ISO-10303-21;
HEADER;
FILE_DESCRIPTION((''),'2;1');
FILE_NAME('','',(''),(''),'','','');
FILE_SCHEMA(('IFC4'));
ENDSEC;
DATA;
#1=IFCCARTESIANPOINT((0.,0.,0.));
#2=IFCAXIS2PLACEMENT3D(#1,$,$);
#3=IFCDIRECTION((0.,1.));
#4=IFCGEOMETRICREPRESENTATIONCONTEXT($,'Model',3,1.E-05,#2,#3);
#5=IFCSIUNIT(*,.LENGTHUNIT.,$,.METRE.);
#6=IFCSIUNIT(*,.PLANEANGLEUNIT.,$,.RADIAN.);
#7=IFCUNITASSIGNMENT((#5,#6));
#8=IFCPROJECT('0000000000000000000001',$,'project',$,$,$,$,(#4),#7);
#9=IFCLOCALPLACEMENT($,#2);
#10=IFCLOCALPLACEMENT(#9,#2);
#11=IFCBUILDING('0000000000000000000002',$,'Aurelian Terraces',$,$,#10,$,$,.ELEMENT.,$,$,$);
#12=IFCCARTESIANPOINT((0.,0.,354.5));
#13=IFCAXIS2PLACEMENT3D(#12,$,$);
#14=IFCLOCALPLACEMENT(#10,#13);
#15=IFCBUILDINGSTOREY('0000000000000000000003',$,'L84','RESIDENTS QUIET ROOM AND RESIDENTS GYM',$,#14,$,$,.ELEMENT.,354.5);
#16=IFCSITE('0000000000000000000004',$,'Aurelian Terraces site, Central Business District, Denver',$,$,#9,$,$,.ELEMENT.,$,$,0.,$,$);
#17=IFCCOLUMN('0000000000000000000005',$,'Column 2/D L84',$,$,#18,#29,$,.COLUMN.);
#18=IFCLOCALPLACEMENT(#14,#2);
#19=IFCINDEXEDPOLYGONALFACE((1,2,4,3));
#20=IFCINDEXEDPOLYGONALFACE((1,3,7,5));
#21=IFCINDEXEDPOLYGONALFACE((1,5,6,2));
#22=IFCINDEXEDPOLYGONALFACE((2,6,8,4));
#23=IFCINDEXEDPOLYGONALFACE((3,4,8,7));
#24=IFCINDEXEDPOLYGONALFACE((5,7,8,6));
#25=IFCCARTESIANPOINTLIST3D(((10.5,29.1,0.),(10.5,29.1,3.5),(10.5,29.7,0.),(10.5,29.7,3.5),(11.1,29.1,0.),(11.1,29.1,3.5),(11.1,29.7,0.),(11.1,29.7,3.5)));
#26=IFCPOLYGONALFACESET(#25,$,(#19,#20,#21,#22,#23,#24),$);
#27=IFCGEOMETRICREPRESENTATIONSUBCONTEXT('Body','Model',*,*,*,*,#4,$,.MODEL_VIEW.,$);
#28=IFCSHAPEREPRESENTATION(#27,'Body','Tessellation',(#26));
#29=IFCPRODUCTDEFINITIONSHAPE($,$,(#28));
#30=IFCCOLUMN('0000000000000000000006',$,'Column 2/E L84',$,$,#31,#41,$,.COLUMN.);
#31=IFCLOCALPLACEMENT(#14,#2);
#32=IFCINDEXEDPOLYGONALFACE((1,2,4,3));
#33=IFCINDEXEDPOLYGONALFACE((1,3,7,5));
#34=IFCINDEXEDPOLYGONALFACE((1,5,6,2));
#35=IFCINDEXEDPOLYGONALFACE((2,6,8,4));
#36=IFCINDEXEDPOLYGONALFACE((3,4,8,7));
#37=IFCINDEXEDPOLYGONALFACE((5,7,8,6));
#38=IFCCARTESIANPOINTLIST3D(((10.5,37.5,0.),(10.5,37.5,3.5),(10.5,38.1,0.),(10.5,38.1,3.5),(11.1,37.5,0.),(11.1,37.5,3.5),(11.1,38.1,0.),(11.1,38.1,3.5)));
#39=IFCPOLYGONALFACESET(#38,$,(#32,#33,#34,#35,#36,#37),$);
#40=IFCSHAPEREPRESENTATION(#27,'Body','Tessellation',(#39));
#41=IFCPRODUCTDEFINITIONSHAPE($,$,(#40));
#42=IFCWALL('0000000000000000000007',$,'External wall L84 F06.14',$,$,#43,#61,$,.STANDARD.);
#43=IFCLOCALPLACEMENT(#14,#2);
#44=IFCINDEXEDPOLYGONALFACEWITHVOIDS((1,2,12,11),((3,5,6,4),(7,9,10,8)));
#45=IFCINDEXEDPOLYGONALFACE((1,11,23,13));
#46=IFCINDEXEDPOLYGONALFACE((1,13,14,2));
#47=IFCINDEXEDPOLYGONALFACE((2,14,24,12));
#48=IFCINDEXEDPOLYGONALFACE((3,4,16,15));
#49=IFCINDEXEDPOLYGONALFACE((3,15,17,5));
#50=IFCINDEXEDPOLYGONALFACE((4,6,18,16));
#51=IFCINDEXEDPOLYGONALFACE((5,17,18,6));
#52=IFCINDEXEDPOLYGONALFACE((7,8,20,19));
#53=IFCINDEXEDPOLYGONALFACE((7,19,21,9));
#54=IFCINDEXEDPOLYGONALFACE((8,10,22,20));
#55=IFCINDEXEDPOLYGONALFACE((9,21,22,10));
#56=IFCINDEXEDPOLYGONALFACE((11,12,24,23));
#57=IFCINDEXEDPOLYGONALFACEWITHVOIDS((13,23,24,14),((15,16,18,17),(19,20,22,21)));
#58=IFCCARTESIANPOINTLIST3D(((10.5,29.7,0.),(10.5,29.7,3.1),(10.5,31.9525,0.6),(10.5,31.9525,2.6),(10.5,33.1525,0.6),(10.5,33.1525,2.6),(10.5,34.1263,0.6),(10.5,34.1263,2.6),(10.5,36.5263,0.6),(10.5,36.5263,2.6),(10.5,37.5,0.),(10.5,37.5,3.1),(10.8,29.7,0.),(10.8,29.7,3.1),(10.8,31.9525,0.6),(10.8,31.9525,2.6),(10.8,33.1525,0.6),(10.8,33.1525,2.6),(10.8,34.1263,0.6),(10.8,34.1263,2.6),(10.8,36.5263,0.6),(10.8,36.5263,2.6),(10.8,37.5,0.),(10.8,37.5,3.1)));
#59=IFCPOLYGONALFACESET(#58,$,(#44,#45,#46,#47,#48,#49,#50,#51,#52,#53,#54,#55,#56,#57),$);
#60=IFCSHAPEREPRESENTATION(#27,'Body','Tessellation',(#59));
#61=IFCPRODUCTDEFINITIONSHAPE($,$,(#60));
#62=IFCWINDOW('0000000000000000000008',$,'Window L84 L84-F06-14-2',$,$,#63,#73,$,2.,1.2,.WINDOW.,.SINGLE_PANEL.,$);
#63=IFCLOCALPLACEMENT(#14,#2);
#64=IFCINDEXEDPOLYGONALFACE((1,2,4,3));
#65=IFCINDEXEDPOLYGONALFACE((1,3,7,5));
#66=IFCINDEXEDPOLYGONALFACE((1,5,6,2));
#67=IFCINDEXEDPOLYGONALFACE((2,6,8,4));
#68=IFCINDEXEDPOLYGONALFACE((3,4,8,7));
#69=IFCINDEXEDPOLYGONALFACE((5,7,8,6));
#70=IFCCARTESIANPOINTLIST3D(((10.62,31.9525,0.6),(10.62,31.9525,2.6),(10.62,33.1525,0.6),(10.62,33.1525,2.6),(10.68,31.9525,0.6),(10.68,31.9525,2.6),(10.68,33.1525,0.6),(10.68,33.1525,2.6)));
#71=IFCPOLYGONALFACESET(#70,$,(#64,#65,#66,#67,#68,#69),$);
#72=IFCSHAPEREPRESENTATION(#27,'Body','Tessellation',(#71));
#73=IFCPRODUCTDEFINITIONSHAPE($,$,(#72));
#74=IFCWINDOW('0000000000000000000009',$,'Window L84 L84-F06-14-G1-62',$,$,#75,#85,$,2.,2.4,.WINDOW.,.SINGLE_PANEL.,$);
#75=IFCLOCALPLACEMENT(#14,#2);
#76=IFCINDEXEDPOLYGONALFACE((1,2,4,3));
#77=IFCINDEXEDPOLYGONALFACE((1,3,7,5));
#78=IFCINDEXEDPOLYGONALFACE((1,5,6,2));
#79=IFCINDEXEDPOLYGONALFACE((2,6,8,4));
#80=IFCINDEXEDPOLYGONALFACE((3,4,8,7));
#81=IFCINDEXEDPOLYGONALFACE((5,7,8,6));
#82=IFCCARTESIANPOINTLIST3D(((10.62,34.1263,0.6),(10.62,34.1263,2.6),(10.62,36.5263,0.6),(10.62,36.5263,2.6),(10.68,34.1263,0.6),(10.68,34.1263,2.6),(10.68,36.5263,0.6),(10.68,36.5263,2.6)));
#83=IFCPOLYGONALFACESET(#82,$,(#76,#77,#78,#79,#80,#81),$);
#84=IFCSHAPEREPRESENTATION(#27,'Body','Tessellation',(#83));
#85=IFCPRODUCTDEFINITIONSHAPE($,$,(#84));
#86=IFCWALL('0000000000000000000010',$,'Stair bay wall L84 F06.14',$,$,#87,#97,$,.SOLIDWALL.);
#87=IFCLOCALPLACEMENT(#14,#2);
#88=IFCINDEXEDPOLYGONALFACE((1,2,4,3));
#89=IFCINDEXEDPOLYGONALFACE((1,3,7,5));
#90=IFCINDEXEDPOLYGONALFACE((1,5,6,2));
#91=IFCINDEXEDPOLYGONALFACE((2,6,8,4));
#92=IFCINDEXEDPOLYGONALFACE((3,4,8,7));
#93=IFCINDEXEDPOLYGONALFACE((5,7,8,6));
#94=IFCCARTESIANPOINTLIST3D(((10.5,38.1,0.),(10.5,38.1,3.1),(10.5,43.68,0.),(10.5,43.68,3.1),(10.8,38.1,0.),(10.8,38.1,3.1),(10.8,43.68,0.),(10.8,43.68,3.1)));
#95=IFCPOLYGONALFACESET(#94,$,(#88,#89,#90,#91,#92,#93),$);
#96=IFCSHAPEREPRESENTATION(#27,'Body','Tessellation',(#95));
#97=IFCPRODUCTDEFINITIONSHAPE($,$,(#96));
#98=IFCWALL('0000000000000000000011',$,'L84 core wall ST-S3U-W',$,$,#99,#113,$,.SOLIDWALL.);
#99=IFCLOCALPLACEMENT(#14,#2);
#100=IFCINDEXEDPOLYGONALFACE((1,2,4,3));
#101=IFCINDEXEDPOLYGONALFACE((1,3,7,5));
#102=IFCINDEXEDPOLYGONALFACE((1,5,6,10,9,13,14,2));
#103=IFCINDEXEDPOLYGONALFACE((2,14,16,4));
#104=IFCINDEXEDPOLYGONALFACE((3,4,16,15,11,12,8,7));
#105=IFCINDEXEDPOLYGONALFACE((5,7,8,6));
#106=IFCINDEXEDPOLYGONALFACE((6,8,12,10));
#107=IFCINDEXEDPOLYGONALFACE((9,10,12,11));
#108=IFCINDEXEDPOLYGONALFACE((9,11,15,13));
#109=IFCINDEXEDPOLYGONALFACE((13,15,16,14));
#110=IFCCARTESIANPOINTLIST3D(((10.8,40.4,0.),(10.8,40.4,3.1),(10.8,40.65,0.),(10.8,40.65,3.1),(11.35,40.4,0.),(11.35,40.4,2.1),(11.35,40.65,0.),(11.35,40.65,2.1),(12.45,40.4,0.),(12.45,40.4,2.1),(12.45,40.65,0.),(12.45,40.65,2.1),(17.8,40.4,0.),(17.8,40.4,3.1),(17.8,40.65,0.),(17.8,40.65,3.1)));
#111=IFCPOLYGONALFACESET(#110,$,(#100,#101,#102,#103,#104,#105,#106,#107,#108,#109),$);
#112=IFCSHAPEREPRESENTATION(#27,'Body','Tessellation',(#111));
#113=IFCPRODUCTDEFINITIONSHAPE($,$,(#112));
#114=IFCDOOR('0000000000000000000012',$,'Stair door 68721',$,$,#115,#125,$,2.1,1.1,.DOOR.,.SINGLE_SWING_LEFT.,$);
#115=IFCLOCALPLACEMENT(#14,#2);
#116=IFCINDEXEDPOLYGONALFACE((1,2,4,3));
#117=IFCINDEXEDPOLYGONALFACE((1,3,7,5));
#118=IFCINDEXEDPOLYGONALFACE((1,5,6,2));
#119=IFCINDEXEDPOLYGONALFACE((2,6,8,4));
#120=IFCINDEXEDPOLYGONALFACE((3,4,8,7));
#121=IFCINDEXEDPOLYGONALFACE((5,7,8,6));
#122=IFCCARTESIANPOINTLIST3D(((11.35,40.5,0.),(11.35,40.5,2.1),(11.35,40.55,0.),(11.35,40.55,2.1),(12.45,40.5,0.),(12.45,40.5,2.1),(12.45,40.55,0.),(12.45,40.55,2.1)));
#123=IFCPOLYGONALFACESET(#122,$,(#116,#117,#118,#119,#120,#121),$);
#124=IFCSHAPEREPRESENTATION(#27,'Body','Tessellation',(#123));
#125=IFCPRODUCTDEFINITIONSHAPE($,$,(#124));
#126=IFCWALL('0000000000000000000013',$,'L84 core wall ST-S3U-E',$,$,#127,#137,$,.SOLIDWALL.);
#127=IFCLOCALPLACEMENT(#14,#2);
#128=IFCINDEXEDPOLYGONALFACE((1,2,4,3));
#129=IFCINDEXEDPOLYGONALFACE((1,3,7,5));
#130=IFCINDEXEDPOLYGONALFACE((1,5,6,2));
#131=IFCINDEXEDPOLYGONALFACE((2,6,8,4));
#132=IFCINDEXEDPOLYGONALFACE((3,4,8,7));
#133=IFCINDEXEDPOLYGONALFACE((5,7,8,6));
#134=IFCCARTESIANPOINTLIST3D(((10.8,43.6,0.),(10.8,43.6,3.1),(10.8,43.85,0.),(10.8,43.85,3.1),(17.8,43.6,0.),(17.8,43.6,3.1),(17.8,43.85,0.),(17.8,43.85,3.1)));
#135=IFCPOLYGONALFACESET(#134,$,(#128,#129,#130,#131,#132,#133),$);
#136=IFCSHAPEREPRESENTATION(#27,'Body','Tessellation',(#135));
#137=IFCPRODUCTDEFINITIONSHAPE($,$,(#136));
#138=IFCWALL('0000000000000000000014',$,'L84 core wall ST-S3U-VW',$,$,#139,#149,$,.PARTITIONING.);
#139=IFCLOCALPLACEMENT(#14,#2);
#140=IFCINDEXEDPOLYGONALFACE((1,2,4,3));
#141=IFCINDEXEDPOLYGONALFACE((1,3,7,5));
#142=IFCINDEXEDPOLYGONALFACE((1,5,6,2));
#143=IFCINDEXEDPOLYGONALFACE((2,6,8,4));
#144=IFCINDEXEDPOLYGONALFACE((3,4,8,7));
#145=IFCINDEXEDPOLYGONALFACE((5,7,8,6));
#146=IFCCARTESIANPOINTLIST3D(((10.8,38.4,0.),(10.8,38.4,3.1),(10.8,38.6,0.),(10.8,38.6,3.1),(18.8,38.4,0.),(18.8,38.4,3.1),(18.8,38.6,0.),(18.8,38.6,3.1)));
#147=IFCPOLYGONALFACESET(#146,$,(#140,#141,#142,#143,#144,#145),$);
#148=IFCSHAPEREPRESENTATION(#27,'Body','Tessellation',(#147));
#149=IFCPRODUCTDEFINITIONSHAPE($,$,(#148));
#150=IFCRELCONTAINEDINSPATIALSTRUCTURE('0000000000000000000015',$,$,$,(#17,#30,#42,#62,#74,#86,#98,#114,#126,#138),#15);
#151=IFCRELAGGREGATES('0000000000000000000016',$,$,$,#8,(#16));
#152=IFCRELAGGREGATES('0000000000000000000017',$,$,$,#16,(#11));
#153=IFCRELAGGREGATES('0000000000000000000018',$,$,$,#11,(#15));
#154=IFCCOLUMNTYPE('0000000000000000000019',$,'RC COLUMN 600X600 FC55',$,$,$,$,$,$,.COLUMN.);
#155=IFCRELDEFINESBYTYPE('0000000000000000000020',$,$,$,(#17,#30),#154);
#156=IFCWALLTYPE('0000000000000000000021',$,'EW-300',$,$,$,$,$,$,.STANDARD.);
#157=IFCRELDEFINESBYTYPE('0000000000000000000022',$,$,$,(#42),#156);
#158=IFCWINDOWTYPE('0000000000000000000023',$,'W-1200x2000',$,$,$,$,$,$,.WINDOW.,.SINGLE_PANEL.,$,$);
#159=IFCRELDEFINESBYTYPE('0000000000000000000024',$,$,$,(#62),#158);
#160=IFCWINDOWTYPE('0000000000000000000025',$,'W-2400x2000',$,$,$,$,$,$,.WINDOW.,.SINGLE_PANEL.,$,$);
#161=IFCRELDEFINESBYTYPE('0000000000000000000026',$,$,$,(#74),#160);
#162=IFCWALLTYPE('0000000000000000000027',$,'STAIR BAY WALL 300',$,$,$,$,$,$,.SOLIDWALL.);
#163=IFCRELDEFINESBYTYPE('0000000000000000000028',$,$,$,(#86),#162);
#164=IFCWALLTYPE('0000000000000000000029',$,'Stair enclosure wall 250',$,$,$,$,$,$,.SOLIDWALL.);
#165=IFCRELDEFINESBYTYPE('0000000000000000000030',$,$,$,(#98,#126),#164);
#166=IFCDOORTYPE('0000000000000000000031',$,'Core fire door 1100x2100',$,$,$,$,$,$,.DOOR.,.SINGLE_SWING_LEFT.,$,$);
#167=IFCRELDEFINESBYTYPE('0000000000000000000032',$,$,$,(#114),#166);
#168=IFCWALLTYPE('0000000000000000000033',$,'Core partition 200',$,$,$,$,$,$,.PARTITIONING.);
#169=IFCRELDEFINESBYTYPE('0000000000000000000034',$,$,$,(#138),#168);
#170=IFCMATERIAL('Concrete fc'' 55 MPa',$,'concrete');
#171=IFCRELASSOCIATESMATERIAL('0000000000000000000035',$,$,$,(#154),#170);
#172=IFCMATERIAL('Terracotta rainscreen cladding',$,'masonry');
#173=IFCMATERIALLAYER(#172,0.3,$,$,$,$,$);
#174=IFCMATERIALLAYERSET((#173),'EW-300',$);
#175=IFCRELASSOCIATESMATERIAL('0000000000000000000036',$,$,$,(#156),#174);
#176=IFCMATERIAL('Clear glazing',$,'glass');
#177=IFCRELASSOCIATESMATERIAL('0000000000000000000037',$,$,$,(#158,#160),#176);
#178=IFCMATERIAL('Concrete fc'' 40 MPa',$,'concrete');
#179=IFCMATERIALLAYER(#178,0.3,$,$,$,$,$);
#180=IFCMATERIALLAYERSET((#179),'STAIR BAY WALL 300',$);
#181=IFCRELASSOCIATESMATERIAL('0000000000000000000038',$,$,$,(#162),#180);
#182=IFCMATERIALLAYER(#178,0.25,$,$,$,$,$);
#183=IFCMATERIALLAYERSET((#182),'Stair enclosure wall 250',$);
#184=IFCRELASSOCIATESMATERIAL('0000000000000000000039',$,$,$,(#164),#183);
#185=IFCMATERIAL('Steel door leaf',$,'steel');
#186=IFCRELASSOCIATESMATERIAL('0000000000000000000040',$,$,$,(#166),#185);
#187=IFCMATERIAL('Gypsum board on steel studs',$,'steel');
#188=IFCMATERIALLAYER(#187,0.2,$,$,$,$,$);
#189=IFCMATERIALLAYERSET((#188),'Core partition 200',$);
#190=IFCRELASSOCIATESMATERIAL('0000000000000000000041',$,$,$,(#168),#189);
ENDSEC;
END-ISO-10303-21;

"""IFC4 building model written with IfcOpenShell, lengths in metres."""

from ifc_helpers import new_model, si_unit, direction, frame, frame_2d, origin, origin_2d, place, context, subcontext, project, spatial, rectangle, extrude, source, transform, mapped, material, layer, layer_set, material_profile, profile_set, type_object, element, fill, save


model = new_model("IFC4")

# Units and contexts
model_context = context("Model", 3, precision=1e-05, world=origin(), true_north=direction((0.0, 1.0)))
body_context = subcontext(model_context, "Body", "Model", "MODEL_VIEW")
ifc_project = project(units=[si_unit("LENGTHUNIT", "METRE"), si_unit("PLANEANGLEUNIT", "RADIAN")], contexts=[model_context])

# Site, building, storey
site_placement = place(None, origin())
site = spatial("IfcSite", under=ifc_project, at=site_placement, Name="Aurelian Terraces site, Central Business District, Denver", CompositionType="ELEMENT", RefElevation=0.0)
building_placement = place(site_placement, origin())
building = spatial("IfcBuilding", under=site, at=building_placement, Name="Aurelian Terraces", CompositionType="ELEMENT")
storey_placement = place(building_placement, frame((0.0, 0.0, 354.5)))
storey = spatial("IfcBuildingStorey", under=building, at=storey_placement, Name="L84", Description="RESIDENTS QUIET ROOM AND RESIDENTS GYM", CompositionType="ELEMENT", Elevation=354.5)

# Columns
ifc_material_1 = material(Name="Concrete fc' 55 MPa", Category="concrete")
ifc_material_profile = material_profile(ifc_material_1, rectangle(XDim=0.6, YDim=0.6, at=origin_2d()))
ifc_profile_set = profile_set([ifc_material_profile], Name="Concrete fc' 55 MPa")
column_type = type_object("IfcColumnType", Name="RC COLUMN 600X600 FC55", PredefinedType="COLUMN", material=ifc_profile_set)
shared_shape_1 = source(origin(), body_context, "Body", "SweptSolid", [
    extrude(rectangle(XDim=0.6, YDim=0.6, at=origin_2d()), origin(), (0.0, 0.0, 1.0), 3.5),
])
for number, where, z_axis, x_axis, name in (
    (1, (10.8, 29.4, 0.0), (0.0, 0.0, 1.0), (1.0, 0.0, 0.0), "Column 2/D L84"),
    (2, (10.8, 37.8, 0.0), (0.0, 0.0, 1.0), (1.0, 0.0, 0.0), "Column 2/E L84"),
):
    element("IfcColumn", number, at=place(storey_placement, frame(where, z_axis=z_axis, x_axis=x_axis)), inside=storey, type_object=column_type, Name=name, PredefinedType="COLUMN", context=body_context, shape_type="MappedRepresentation", body=[
        mapped(shared_shape_1, transform((0.0, 0.0, 0.0), scale=1.0)),
    ])

# Wall, openings, windows
ifc_material_2 = material(Name="Terracotta rainscreen cladding", Category="masonry")
ifc_layer_1 = layer(ifc_material_2, 0.3)
ifc_layer_set_1 = layer_set([ifc_layer_1], Name="EW-300")
wall_type_1 = type_object("IfcWallType", Name="EW-300", PredefinedType="STANDARD", material=ifc_layer_set_1)
shared_shape_2 = source(origin(), body_context, "Body", "SweptSolid", [
    extrude(rectangle(XDim=7.8, YDim=0.3, at=frame_2d((3.9, 0.0))), origin(), (0.0, 0.0, 1.0), 3.1),
])
wall_1_placement = place(storey_placement, frame((10.65, 37.5, 0.0), z_axis=(0.0, 0.0, 1.0), x_axis=(0.0, -1.0, 0.0)))
wall_1 = element("IfcWall", 3, at=wall_1_placement, inside=storey, type_object=wall_type_1, Name="External wall L84 F06.14", PredefinedType="STANDARD", context=body_context, shape_type="MappedRepresentation", body=[
    mapped(shared_shape_2, transform((0.0, 0.0, 0.0), scale=1.0)),
])
shared_shape_3 = source(origin(), body_context, "Body", "SweptSolid", [
    extrude(rectangle(XDim=1.2, YDim=2.0, at=frame_2d((0.6, 1.0))), frame((0.0, 0.16, 0.0), z_axis=(0.0, -1.0, 0.0), x_axis=(1.0, 0.0, 0.0)), (0.0, 0.0, 1.0), 0.32),
])
opening_1_placement = place(wall_1_placement, frame((4.3475, 0.0, 0.6)))
opening_1 = element("IfcOpeningElement", 4, at=opening_1_placement, cuts=wall_1, PredefinedType="OPENING", context=body_context, shape_type="MappedRepresentation", body=[
    mapped(shared_shape_3, transform((0.0, 0.0, 0.0), scale=1.0)),
])
shared_shape_4 = source(origin(), body_context, "Body", "SweptSolid", [
    extrude(rectangle(XDim=2.4, YDim=2.0, at=frame_2d((1.2, 1.0))), frame((0.0, 0.16, 0.0), z_axis=(0.0, -1.0, 0.0), x_axis=(1.0, 0.0, 0.0)), (0.0, 0.0, 1.0), 0.32),
])
opening_2_placement = place(wall_1_placement, frame((0.9737, 0.0, 0.6)))
opening_2 = element("IfcOpeningElement", 5, at=opening_2_placement, cuts=wall_1, PredefinedType="OPENING", context=body_context, shape_type="MappedRepresentation", body=[
    mapped(shared_shape_4, transform((0.0, 0.0, 0.0), scale=1.0)),
])
ifc_material_3 = material(Name="Clear glazing", Category="glass")
window_type_1 = type_object("IfcWindowType", Name="W-1200x2000", PartitioningType="SINGLE_PANEL", PredefinedType="WINDOW", material=ifc_material_3)
shared_shape_5 = source(origin(), body_context, "Body", "SweptSolid", [
    extrude(rectangle(XDim=1.2, YDim=2.0, at=frame_2d((0.6, 1.0))), frame((0.0, 0.03, 0.0), z_axis=(0.0, -1.0, 0.0), x_axis=(1.0, 0.0, 0.0)), (0.0, 0.0, 1.0), 0.06),
])
window_1_placement = place(opening_1_placement, origin())
window_1 = element("IfcWindow", 6, at=window_1_placement, inside=storey, type_object=window_type_1, Name="Window L84 L84-F06-14-2", OverallHeight=2.0, OverallWidth=1.2, PartitioningType="SINGLE_PANEL", PredefinedType="WINDOW", context=body_context, shape_type="MappedRepresentation", body=[
    mapped(shared_shape_5, transform((0.0, 0.0, 0.0), scale=1.0)),
])
fill(opening_1, window_1)
window_type_2 = type_object("IfcWindowType", Name="W-2400x2000", PartitioningType="SINGLE_PANEL", PredefinedType="WINDOW", material=ifc_material_3)
shared_shape_6 = source(origin(), body_context, "Body", "SweptSolid", [
    extrude(rectangle(XDim=2.4, YDim=2.0, at=frame_2d((1.2, 1.0))), frame((0.0, 0.03, 0.0), z_axis=(0.0, -1.0, 0.0), x_axis=(1.0, 0.0, 0.0)), (0.0, 0.0, 1.0), 0.06),
])
window_2_placement = place(opening_2_placement, origin())
window_2 = element("IfcWindow", 7, at=window_2_placement, inside=storey, type_object=window_type_2, Name="Window L84 L84-F06-14-G1-62", OverallHeight=2.0, OverallWidth=2.4, PartitioningType="SINGLE_PANEL", PredefinedType="WINDOW", context=body_context, shape_type="MappedRepresentation", body=[
    mapped(shared_shape_6, transform((0.0, 0.0, 0.0), scale=1.0)),
])
fill(opening_2, window_2)

# Wall
ifc_material_4 = material(Name="Concrete fc' 40 MPa", Category="concrete")
ifc_layer_2 = layer(ifc_material_4, 0.3)
ifc_layer_set_2 = layer_set([ifc_layer_2], Name="STAIR BAY WALL 300")
wall_type_2 = type_object("IfcWallType", Name="STAIR BAY WALL 300", PredefinedType="SOLIDWALL", material=ifc_layer_set_2)
shared_shape_7 = source(origin(), body_context, "Body", "SweptSolid", [
    extrude(rectangle(XDim=5.58, YDim=0.3, at=frame_2d((2.79, 0.0))), origin(), (0.0, 0.0, 1.0), 3.1),
])
wall_2_placement = place(storey_placement, frame((10.65, 43.68, 0.0), z_axis=(0.0, 0.0, 1.0), x_axis=(0.0, -1.0, 0.0)))
element("IfcWall", 8, at=wall_2_placement, inside=storey, type_object=wall_type_2, Name="Stair bay wall L84 F06.14", PredefinedType="SOLIDWALL", context=body_context, shape_type="MappedRepresentation", body=[
    mapped(shared_shape_7, transform((0.0, 0.0, 0.0), scale=1.0)),
])

# Wall, opening, door
ifc_layer_3 = layer(ifc_material_4, 0.25)
ifc_layer_set_3 = layer_set([ifc_layer_3], Name="Stair enclosure wall 250")
wall_type_3 = type_object("IfcWallType", Name="Stair enclosure wall 250", PredefinedType="SOLIDWALL", material=ifc_layer_set_3)
shared_shape_8 = source(origin(), body_context, "Body", "SweptSolid", [
    extrude(rectangle(XDim=7.0, YDim=0.25, at=frame_2d((3.5, 0.0))), origin(), (0.0, 0.0, 1.0), 3.1),
])
wall_3_placement = place(storey_placement, frame((10.8, 40.525, 0.0), z_axis=(0.0, 0.0, 1.0), x_axis=(1.0, 0.0, 0.0)))
wall_3 = element("IfcWall", 9, at=wall_3_placement, inside=storey, type_object=wall_type_3, Name="L84 core wall ST-S3U-W", PredefinedType="SOLIDWALL", context=body_context, shape_type="MappedRepresentation", body=[
    mapped(shared_shape_8, transform((0.0, 0.0, 0.0), scale=1.0)),
])
shared_shape_9 = source(origin(), body_context, "Body", "SweptSolid", [
    extrude(rectangle(XDim=1.1, YDim=2.1, at=frame_2d((0.55, 1.05))), frame((0.0, 0.135, 0.0), z_axis=(0.0, -1.0, 0.0), x_axis=(1.0, 0.0, 0.0)), (0.0, 0.0, 1.0), 0.27),
])
opening_3_placement = place(wall_3_placement, frame((0.55, 0.0, 0.0)))
opening_3 = element("IfcOpeningElement", 10, at=opening_3_placement, cuts=wall_3, PredefinedType="OPENING", context=body_context, shape_type="MappedRepresentation", body=[
    mapped(shared_shape_9, transform((0.0, 0.0, 0.0), scale=1.0)),
])
ifc_material_5 = material(Name="Steel door leaf", Category="steel")
door_type = type_object("IfcDoorType", Name="Core fire door 1100x2100", OperationType="SINGLE_SWING_LEFT", PredefinedType="DOOR", material=ifc_material_5)
shared_shape_10 = source(origin(), body_context, "Body", "SweptSolid", [
    extrude(rectangle(XDim=1.1, YDim=2.1, at=frame_2d((0.55, 1.05))), frame((0.0, 0.025, 0.0), z_axis=(0.0, -1.0, 0.0), x_axis=(1.0, 0.0, 0.0)), (0.0, 0.0, 1.0), 0.05),
])
door_placement = place(opening_3_placement, origin())
door = element("IfcDoor", 11, at=door_placement, inside=storey, type_object=door_type, Name="Stair door 68721", OperationType="SINGLE_SWING_LEFT", OverallHeight=2.1, OverallWidth=1.1, PredefinedType="DOOR", context=body_context, shape_type="MappedRepresentation", body=[
    mapped(shared_shape_10, transform((0.0, 0.0, 0.0), scale=1.0)),
])
fill(opening_3, door)

# Walls
wall_4_placement = place(storey_placement, frame((10.8, 43.725, 0.0), z_axis=(0.0, 0.0, 1.0), x_axis=(1.0, 0.0, 0.0)))
element("IfcWall", 12, at=wall_4_placement, inside=storey, type_object=wall_type_3, Name="L84 core wall ST-S3U-E", PredefinedType="SOLIDWALL", context=body_context, shape_type="MappedRepresentation", body=[
    mapped(shared_shape_8, transform((0.0, 0.0, 0.0), scale=1.0)),
])
ifc_material_6 = material(Name="Gypsum board on steel studs", Category="steel")
ifc_layer_4 = layer(ifc_material_6, 0.2)
ifc_layer_set_4 = layer_set([ifc_layer_4], Name="Core partition 200")
wall_type_4 = type_object("IfcWallType", Name="Core partition 200", PredefinedType="PARTITIONING", material=ifc_layer_set_4)
shared_shape_11 = source(origin(), body_context, "Body", "SweptSolid", [
    extrude(rectangle(XDim=8.0, YDim=0.2, at=frame_2d((4.0, 0.0))), origin(), (0.0, 0.0, 1.0), 3.1),
])
wall_5_placement = place(storey_placement, frame((10.8, 38.5, 0.0), z_axis=(0.0, 0.0, 1.0), x_axis=(1.0, 0.0, 0.0)))
element("IfcWall", 13, at=wall_5_placement, inside=storey, type_object=wall_type_4, Name="L84 core wall ST-S3U-VW", PredefinedType="PARTITIONING", context=body_context, shape_type="MappedRepresentation", body=[
    mapped(shared_shape_11, transform((0.0, 0.0, 0.0), scale=1.0)),
])

save(model, "model.ifc")
